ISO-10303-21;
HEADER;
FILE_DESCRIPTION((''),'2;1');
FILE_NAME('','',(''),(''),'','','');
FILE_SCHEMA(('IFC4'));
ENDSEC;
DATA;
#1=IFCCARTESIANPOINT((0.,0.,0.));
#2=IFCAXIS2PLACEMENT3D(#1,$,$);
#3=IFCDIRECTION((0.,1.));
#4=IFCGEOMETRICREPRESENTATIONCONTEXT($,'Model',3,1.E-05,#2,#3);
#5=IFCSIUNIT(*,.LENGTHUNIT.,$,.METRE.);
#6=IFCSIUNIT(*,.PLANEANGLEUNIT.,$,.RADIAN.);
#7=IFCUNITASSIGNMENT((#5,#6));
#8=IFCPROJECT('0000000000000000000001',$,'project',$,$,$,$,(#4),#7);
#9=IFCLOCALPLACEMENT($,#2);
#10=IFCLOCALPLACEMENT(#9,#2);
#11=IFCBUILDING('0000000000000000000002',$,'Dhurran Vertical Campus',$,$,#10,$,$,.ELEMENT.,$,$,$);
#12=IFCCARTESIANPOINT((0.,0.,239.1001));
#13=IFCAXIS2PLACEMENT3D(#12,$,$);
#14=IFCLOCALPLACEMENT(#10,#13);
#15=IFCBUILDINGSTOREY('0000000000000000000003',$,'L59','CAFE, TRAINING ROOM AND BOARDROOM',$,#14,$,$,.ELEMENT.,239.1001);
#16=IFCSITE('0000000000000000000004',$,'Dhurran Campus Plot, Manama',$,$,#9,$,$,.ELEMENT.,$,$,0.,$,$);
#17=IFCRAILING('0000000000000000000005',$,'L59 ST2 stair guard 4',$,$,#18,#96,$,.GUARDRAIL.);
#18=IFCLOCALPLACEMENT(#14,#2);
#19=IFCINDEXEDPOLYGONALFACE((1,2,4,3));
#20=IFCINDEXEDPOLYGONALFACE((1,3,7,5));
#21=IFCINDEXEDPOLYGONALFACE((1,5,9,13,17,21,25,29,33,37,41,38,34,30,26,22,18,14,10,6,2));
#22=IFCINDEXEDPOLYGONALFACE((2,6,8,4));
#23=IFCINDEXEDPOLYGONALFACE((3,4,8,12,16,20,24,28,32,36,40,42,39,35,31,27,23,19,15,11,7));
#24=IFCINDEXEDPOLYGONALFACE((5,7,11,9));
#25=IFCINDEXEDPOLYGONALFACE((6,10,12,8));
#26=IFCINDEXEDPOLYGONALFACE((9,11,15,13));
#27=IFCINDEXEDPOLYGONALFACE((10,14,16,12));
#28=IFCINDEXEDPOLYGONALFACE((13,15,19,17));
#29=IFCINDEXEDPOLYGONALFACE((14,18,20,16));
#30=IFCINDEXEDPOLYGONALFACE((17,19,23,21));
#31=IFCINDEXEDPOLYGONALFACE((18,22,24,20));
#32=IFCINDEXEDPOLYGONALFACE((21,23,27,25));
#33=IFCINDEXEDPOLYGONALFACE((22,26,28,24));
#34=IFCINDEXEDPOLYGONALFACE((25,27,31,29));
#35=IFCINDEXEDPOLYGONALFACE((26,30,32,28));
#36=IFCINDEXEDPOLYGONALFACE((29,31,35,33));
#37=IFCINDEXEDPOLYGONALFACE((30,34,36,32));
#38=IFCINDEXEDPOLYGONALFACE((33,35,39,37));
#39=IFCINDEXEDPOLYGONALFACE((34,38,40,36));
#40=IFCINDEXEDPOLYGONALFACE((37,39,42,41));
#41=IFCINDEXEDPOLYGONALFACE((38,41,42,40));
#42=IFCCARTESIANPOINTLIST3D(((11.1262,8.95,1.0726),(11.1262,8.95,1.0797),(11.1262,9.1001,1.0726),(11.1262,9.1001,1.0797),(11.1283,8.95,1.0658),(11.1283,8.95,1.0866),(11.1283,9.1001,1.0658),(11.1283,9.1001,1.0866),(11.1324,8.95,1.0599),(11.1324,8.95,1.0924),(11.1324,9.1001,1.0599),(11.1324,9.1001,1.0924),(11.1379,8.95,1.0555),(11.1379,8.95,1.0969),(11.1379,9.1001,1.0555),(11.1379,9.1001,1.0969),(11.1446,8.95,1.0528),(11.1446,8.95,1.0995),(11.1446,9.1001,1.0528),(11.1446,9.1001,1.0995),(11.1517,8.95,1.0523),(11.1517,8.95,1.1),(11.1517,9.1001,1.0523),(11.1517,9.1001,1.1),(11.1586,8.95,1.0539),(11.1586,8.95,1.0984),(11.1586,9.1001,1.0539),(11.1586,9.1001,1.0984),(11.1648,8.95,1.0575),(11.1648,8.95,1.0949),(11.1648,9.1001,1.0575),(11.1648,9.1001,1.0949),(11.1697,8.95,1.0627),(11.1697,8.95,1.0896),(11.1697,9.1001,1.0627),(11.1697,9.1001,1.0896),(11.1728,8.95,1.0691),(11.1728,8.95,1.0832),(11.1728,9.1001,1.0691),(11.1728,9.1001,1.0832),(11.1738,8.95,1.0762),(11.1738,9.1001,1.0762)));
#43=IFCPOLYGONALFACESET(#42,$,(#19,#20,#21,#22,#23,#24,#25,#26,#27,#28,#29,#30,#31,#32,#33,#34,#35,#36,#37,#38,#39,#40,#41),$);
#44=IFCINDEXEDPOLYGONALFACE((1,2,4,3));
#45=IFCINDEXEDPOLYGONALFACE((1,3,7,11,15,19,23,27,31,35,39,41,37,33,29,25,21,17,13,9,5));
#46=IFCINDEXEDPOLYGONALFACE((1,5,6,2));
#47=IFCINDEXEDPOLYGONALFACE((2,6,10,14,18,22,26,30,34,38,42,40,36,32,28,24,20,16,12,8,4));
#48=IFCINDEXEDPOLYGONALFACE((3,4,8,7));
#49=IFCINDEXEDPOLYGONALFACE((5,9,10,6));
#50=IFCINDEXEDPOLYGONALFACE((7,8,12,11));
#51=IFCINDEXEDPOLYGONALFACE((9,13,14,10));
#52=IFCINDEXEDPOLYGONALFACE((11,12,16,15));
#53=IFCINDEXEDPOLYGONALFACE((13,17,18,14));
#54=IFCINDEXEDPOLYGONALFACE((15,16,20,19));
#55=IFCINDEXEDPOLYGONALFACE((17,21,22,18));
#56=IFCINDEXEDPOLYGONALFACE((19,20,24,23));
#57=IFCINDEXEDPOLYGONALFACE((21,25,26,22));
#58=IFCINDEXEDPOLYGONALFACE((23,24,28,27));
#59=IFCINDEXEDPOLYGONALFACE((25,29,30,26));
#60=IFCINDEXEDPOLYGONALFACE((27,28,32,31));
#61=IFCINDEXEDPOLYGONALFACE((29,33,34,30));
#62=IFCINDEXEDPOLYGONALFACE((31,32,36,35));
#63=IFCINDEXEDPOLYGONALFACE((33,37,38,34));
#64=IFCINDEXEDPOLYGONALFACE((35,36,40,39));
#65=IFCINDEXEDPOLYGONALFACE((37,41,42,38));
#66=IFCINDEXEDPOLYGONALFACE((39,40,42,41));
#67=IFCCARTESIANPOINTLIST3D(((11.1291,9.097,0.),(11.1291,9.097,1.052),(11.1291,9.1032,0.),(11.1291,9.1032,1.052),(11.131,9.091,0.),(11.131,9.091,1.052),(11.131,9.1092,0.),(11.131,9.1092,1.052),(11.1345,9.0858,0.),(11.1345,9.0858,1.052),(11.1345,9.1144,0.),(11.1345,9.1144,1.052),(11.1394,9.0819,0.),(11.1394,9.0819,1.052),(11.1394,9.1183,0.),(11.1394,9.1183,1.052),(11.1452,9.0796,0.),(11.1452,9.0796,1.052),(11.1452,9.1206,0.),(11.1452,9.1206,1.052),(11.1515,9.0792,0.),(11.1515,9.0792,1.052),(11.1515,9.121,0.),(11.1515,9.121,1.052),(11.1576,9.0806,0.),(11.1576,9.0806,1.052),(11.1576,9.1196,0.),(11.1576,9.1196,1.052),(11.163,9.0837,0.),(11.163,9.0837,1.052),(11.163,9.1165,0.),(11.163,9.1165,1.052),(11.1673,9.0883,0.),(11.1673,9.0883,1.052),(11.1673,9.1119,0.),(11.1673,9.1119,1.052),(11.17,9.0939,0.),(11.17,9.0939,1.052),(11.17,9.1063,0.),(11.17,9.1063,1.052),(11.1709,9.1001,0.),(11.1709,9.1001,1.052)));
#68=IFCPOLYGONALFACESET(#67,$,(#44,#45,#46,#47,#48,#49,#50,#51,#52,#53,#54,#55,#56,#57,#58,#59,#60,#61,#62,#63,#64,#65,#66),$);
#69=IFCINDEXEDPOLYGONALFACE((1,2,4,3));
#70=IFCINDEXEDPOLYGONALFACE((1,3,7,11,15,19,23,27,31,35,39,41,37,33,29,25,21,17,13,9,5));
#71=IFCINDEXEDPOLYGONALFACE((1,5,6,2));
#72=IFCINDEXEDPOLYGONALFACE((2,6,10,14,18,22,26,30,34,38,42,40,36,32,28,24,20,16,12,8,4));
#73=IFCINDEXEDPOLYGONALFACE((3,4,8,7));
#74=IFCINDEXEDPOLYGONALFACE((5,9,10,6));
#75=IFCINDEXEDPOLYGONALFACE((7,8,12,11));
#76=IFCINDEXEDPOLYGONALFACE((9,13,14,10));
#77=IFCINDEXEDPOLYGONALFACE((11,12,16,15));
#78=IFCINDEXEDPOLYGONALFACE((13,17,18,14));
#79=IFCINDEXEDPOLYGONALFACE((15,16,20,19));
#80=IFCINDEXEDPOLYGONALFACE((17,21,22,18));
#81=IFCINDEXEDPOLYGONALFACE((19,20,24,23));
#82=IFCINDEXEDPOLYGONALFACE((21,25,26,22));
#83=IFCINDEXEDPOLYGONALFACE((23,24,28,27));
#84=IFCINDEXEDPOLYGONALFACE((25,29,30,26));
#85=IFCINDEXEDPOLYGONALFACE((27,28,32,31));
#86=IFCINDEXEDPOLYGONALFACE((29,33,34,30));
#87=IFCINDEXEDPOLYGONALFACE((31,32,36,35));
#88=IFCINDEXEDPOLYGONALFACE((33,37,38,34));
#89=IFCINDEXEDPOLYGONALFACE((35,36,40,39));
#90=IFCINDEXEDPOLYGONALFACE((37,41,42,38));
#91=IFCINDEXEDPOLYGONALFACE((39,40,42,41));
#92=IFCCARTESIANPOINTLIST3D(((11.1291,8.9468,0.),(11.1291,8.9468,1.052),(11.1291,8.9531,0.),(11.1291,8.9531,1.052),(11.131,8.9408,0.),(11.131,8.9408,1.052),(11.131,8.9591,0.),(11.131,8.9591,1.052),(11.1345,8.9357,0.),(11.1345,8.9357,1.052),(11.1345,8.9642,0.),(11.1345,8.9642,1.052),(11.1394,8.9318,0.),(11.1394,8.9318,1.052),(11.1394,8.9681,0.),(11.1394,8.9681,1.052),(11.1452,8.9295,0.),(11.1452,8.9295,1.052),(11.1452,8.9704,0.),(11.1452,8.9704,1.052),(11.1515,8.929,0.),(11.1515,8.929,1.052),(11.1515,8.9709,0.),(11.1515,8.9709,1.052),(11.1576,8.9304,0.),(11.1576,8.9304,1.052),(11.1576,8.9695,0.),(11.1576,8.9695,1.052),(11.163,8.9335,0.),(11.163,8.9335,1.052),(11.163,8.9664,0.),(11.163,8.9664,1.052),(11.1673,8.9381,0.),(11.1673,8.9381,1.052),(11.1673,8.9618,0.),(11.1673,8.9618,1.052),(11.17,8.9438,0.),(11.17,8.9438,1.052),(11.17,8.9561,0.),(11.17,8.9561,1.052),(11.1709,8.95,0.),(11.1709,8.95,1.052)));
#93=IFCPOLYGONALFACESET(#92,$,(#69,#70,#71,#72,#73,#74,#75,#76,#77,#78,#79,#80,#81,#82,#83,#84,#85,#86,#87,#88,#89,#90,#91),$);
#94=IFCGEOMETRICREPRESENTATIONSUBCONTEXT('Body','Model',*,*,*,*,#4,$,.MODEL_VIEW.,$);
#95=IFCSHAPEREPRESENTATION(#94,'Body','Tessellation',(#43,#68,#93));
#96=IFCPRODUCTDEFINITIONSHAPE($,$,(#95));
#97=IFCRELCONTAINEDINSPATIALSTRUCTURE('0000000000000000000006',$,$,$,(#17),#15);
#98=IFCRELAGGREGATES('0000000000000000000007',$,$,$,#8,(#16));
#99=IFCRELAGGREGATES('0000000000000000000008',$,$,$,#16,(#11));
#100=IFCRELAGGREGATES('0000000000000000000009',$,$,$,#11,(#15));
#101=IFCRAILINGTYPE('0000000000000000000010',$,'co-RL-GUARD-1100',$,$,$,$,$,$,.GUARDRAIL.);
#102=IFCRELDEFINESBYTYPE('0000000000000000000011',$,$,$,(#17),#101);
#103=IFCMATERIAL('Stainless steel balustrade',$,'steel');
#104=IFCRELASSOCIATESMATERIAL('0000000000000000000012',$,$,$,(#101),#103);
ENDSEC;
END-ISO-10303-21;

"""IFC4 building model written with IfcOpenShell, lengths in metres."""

from ifc_helpers import new_model, si_unit, direction, frame, origin, origin_2d, place, context, subcontext, project, spatial, circle, extrude, material, type_object, element, save


model = new_model("IFC4")

# Units and contexts
model_context = context("Model", 3, precision=1e-05, world=origin(), true_north=direction((0.0, 1.0)))
body_context = subcontext(model_context, "Body", "Model", "MODEL_VIEW")
ifc_project = project(units=[si_unit("LENGTHUNIT", "METRE"), si_unit("PLANEANGLEUNIT", "RADIAN")], contexts=[model_context])

# Site, building, storey
site_placement = place(None, origin())
site = spatial("IfcSite", under=ifc_project, at=site_placement, Name="Dhurran Campus Plot, Manama", CompositionType="ELEMENT", RefElevation=0.0)
building_placement = place(site_placement, origin())
building = spatial("IfcBuilding", under=site, at=building_placement, Name="Dhurran Vertical Campus", CompositionType="ELEMENT")
storey_placement = place(building_placement, frame((0.0, 0.0, 239.1001)))
storey = spatial("IfcBuildingStorey", under=building, at=storey_placement, Name="L59", Description="CAFE, TRAINING ROOM AND BOARDROOM", CompositionType="ELEMENT", Elevation=239.1001)

# Railing
ifc_material_1 = material(Name="Stainless steel balustrade", Category="steel")
railing_type = type_object("IfcRailingType", Name="co-RL-GUARD-1100", PredefinedType="GUARDRAIL", material=ifc_material_1)
railing_1_placement = place(storey_placement, frame((11.1499, 9.1001, 0.0)))
element("IfcRailing", 1, at=railing_1_placement, inside=storey, type_object=railing_type, Name="L59 ST2 stair guard 4", PredefinedType="GUARDRAIL", context=body_context, shape_type="SweptSolid", body=[
    extrude(circle(Radius=0.0239, at=origin_2d()), frame((0.0, 0.0, 1.0762), z_axis=(0.0, -1.0, 0.0), x_axis=(1.0, 0.0, 0.0)), (0.0, 0.0, 1.0), 0.1501),
    extrude(circle(Radius=0.021, at=origin_2d()), origin(), (0.0, 0.0, 1.0), 1.052),
    extrude(circle(Radius=0.021, at=origin_2d()), frame((0.0, -0.1501, 0.0)), (0.0, 0.0, 1.0), 1.052),
])

save(model, "model.ifc")
